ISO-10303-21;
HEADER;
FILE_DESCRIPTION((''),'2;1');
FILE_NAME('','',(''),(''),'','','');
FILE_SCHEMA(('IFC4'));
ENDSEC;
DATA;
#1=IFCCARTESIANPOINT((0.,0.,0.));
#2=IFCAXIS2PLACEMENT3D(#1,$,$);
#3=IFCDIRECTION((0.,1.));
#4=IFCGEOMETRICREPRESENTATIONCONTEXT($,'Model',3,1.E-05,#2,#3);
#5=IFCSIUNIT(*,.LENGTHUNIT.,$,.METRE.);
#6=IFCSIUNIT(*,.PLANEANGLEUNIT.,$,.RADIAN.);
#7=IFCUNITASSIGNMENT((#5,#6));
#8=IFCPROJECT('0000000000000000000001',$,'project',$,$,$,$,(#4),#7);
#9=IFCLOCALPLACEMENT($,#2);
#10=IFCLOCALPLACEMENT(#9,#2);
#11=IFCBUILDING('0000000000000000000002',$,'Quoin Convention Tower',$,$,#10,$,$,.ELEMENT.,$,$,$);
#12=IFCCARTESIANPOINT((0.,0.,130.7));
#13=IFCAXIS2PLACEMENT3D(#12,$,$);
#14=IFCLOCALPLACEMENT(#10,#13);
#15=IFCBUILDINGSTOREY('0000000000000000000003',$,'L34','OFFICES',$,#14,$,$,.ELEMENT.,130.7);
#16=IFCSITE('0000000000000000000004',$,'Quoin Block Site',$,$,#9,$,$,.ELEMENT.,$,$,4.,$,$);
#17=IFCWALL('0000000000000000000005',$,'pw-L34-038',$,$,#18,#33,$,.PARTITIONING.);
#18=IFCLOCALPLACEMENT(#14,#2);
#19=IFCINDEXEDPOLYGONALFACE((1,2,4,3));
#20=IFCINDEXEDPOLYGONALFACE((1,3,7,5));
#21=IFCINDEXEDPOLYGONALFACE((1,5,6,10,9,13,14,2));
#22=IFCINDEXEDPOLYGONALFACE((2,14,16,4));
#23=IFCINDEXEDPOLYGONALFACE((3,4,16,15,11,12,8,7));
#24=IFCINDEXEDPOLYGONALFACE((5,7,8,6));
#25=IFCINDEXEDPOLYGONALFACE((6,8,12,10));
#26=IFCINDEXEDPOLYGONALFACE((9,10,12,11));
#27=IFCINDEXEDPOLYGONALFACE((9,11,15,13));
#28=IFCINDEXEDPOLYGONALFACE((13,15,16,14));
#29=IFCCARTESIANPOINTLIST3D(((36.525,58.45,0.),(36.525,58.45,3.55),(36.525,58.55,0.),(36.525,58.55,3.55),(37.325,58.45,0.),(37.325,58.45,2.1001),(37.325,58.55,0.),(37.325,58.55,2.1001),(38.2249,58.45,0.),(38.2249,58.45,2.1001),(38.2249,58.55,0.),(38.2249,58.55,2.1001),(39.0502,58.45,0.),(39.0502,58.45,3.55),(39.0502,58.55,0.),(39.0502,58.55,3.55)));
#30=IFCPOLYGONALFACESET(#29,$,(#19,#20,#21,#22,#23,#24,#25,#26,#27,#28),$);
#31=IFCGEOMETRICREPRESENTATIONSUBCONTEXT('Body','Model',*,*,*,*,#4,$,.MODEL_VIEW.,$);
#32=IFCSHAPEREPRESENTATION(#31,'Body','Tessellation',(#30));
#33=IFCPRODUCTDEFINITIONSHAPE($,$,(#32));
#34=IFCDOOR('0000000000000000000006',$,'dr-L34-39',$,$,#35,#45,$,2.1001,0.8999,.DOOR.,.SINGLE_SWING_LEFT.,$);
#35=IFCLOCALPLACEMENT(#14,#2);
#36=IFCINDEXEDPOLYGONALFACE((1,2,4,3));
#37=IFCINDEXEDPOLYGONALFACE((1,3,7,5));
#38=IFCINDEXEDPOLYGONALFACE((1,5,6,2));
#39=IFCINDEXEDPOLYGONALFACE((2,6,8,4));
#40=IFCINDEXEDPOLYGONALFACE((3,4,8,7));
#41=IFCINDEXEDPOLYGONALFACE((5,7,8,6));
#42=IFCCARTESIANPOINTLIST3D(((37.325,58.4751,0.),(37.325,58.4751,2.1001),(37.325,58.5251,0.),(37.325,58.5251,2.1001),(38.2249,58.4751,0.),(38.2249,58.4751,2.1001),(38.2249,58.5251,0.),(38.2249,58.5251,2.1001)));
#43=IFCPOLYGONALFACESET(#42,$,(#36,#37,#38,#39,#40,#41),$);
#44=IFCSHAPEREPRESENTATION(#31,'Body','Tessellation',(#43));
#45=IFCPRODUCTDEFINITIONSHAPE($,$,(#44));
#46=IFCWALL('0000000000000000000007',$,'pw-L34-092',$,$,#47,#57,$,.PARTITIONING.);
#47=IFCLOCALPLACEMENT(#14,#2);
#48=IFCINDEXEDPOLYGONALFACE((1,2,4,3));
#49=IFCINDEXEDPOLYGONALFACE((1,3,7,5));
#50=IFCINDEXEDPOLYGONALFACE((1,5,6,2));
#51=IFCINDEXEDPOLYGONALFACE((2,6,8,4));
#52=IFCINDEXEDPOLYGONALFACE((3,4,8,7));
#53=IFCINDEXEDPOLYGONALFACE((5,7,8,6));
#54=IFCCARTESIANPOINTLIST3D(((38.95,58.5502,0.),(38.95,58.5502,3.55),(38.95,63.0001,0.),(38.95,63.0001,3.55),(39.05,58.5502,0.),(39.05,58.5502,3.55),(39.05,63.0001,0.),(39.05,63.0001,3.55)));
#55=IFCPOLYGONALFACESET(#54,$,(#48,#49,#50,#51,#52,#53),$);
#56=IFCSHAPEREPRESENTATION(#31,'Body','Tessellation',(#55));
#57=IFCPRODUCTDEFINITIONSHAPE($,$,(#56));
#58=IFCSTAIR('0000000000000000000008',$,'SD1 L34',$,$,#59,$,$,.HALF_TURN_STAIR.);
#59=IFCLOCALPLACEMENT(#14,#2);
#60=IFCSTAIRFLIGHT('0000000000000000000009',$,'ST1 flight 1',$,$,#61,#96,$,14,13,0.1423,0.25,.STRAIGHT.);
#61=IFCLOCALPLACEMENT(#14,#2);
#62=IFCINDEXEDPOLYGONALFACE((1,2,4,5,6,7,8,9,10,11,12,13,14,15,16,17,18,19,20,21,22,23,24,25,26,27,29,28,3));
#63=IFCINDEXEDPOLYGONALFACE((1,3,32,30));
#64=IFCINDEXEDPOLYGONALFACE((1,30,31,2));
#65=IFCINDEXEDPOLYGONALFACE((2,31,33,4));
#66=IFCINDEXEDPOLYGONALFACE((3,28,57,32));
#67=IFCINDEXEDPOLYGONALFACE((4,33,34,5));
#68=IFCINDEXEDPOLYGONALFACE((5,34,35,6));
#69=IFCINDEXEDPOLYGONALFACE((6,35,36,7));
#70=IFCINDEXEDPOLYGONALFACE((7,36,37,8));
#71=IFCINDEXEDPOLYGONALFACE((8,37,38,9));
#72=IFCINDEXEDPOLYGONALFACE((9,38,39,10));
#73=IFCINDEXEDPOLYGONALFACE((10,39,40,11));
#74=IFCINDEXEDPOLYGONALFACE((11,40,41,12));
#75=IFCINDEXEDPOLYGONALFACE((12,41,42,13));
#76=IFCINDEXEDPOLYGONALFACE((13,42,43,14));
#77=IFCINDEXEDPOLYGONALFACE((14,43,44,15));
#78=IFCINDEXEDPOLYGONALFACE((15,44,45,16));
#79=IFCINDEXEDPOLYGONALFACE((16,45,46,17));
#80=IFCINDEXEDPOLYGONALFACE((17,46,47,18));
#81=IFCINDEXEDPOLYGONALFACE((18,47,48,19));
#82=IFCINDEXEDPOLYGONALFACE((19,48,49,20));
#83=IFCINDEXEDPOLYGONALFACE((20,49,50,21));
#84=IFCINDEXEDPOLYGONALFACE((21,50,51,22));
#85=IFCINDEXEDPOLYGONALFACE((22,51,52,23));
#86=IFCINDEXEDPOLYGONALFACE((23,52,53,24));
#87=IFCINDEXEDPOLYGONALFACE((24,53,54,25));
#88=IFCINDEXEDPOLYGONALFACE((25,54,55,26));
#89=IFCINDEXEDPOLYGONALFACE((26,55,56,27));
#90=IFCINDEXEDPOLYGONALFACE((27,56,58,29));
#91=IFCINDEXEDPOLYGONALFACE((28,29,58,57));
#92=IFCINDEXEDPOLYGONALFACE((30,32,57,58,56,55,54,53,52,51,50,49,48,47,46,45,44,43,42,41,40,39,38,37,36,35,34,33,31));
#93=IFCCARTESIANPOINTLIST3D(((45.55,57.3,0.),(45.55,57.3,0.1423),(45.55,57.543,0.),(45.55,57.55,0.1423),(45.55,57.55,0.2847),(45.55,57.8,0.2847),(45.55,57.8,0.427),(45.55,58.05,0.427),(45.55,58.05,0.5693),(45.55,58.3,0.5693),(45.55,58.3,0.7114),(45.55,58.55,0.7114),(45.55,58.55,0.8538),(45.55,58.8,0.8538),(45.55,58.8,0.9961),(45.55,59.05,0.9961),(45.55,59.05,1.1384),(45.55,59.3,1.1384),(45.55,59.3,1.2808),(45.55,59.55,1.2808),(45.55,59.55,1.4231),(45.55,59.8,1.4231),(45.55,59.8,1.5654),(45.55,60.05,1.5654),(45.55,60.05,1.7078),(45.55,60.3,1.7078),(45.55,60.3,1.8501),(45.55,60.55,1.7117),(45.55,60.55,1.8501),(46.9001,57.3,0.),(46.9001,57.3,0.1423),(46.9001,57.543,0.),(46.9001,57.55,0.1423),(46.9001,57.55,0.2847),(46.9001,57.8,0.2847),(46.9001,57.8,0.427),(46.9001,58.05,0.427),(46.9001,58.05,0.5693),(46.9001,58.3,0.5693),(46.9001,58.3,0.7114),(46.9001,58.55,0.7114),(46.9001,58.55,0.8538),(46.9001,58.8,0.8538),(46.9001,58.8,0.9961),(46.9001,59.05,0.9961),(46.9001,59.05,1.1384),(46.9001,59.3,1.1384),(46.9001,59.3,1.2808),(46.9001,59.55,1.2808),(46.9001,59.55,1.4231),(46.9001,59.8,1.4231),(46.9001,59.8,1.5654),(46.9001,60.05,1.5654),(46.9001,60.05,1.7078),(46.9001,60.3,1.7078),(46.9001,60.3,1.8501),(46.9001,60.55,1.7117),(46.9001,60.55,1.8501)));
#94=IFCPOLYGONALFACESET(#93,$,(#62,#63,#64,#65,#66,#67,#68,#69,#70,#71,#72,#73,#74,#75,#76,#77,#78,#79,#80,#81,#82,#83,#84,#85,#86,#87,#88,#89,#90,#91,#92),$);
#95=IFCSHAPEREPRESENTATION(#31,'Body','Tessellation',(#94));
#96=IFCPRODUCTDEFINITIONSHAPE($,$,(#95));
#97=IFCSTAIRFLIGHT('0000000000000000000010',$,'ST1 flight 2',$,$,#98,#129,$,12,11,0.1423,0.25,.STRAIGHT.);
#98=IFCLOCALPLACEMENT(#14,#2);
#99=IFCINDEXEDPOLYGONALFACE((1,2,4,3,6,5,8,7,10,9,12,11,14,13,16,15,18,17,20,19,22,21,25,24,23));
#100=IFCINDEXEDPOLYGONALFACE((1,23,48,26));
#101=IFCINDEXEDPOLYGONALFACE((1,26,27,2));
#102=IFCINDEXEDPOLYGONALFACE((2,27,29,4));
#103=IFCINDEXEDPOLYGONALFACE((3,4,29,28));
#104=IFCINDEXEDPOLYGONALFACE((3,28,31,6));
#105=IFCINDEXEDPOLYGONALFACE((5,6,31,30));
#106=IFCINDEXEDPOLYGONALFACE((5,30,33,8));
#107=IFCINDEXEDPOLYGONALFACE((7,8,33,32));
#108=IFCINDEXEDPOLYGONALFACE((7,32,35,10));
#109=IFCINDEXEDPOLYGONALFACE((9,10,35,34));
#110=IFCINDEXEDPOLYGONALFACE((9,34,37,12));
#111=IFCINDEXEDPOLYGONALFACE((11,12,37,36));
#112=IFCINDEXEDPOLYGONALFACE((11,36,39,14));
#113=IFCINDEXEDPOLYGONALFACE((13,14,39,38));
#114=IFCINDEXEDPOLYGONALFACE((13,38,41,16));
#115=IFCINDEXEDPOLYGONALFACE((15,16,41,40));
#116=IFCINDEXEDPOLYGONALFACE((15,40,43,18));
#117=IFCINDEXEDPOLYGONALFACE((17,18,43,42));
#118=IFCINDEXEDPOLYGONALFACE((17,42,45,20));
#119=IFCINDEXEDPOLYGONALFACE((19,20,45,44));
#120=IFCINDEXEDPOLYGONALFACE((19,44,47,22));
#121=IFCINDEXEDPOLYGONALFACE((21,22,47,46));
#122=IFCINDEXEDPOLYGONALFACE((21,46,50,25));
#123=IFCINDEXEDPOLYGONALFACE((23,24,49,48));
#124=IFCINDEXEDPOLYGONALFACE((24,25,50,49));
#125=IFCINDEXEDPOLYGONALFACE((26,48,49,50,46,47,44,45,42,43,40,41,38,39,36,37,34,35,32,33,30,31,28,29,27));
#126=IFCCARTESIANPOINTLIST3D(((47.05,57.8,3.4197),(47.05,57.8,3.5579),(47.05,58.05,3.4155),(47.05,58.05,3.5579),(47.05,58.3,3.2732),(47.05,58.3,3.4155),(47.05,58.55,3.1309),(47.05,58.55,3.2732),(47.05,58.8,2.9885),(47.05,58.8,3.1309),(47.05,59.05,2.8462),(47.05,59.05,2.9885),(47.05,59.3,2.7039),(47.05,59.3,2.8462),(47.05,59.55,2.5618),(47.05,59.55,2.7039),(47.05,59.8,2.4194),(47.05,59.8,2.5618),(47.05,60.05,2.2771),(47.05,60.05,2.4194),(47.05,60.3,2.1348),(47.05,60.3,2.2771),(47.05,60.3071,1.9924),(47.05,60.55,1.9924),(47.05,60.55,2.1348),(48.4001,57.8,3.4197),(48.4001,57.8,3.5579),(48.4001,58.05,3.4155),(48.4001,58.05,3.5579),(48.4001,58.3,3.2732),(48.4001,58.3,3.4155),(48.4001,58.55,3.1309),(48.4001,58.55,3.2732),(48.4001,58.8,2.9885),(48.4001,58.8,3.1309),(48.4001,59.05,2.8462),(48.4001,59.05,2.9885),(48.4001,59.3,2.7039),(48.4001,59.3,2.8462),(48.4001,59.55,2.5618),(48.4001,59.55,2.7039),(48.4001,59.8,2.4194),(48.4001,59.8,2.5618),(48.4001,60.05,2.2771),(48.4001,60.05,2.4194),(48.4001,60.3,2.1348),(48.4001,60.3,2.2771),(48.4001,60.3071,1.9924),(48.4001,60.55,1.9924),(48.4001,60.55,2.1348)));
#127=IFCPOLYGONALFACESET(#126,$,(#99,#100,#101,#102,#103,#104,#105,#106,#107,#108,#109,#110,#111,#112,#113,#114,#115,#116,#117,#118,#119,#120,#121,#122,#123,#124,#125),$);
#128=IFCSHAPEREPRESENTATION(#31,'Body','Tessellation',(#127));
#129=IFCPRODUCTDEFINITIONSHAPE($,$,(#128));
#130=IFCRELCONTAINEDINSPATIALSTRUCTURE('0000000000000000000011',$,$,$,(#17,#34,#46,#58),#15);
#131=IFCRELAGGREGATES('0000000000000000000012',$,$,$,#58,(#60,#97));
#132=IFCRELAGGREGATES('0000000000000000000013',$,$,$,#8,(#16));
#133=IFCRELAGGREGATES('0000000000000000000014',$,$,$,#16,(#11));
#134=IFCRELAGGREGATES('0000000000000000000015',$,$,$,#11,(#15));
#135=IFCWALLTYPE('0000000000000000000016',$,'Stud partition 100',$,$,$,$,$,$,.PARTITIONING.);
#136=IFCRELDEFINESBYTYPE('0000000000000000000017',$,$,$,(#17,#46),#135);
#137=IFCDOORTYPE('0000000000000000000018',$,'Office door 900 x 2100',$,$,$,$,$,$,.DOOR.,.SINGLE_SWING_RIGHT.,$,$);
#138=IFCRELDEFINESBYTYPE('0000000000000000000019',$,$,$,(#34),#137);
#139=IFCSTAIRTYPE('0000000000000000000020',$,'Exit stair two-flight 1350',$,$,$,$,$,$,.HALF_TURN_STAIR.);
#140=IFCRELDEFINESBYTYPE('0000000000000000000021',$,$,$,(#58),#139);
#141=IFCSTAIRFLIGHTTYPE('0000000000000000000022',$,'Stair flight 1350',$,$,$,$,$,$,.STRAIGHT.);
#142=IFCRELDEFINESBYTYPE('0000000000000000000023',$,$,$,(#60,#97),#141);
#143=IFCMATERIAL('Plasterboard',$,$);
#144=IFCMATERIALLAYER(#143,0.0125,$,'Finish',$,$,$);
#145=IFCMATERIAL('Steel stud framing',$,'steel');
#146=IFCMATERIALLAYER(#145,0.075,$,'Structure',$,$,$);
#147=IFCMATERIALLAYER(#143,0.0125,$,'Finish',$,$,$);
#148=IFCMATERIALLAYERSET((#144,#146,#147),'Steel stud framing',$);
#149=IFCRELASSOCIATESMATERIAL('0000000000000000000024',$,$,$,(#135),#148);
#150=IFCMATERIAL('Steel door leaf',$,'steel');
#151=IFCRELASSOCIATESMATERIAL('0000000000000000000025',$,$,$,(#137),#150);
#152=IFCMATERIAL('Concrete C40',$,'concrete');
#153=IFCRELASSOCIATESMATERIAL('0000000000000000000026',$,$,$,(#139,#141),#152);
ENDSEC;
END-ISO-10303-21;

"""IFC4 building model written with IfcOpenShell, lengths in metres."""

from ifc_helpers import new_model, si_unit, direction, frame, frame_2d, origin, place, context, subcontext, project, spatial, polyline, rectangle, outline, extrude, material, layer, layer_set, type_object, element, fill, aggregate, save


model = new_model("IFC4")

# Units and contexts
model_context = context("Model", 3, precision=1e-05, world=origin(), true_north=direction((0.0, 1.0)))
body_context = subcontext(model_context, "Body", "Model", "MODEL_VIEW")
ifc_project = project(units=[si_unit("LENGTHUNIT", "METRE"), si_unit("PLANEANGLEUNIT", "RADIAN")], contexts=[model_context])

# Site, building, storey
site_placement = place(None, origin())
site = spatial("IfcSite", under=ifc_project, at=site_placement, Name="Quoin Block Site", CompositionType="ELEMENT", RefElevation=4.0)
building_placement = place(site_placement, origin())
building = spatial("IfcBuilding", under=site, at=building_placement, Name="Quoin Convention Tower", CompositionType="ELEMENT")
storey_placement = place(building_placement, frame((0.0, 0.0, 130.7)))
storey = spatial("IfcBuildingStorey", under=building, at=storey_placement, Name="L34", Description="OFFICES", CompositionType="ELEMENT", Elevation=130.7)

# Shared definitions
ifc_material_1 = material(Name="Plasterboard")
ifc_material_2 = material(Name="Steel stud framing", Category="steel")

# Shared definitions
ifc_material_3 = material(Name="Steel door leaf", Category="steel")

# Wall, opening, door
ifc_layer_1 = layer(ifc_material_1, 0.0125, Name="Finish")
ifc_layer_2 = layer(ifc_material_2, 0.075, Name="Structure")
ifc_layer_3 = layer(ifc_material_1, 0.0125, Name="Finish")
ifc_layer_set_1 = layer_set([ifc_layer_1, ifc_layer_2, ifc_layer_3], Name="Steel stud framing")
wall_type_1 = type_object("IfcWallType", Name="Stud partition 100", PredefinedType="PARTITIONING", material=ifc_layer_set_1)
wall_1_placement = place(storey_placement, frame((36.5249, 58.5, 0.0), z_axis=(0.0, 0.0, 1.0), x_axis=(1.0, 0.0, 0.0)))
wall_1 = element("IfcWall", 1, at=wall_1_placement, inside=storey, type_object=wall_type_1, Name="pw-L34-038", PredefinedType="PARTITIONING", context=body_context, shape_type="SweptSolid", body=[
    extrude(rectangle(XDim=2.5251, YDim=0.1001, at=frame_2d((1.2627, 0.0))), origin(), (0.0, 0.0, 1.0), 3.55),
])
opening_1_placement = place(wall_1_placement, frame((0.8, 0.0, 0.0)))
opening_1 = element("IfcOpeningElement", 2, at=opening_1_placement, cuts=wall_1, PredefinedType="OPENING", context=body_context, shape_type="SweptSolid", body=[
    extrude(rectangle(XDim=0.8999, YDim=2.1001, at=frame_2d((0.45, 1.05))), frame((0.0, 0.0601, 0.0), z_axis=(0.0, -1.0, 0.0), x_axis=(1.0, 0.0, 0.0)), (0.0, 0.0, 1.0), 0.1201),
])
door_type_1 = type_object("IfcDoorType", Name="Office door 900 x 2100", OperationType="SINGLE_SWING_RIGHT", PredefinedType="DOOR", material=ifc_material_3)
door_1_placement = place(opening_1_placement, frame((0.8999, 0.0, 0.0), z_axis=(0.0, 0.0, 1.0), x_axis=(-1.0, 0.0, 0.0)))
door_1 = element("IfcDoor", 3, at=door_1_placement, inside=storey, type_object=door_type_1, Name="dr-L34-39", OperationType="SINGLE_SWING_LEFT", OverallHeight=2.1001, OverallWidth=0.8999, PredefinedType="DOOR", context=body_context, shape_type="SweptSolid", body=[
    extrude(rectangle(XDim=0.8999, YDim=2.1001, at=frame_2d((0.45, 1.05))), frame((0.0, 0.0249, 0.0), z_axis=(0.0, -1.0, 0.0), x_axis=(1.0, 0.0, 0.0)), (0.0, 0.0, 1.0), 0.05),
])
fill(opening_1, door_1)

# Wall
wall_2_placement = place(storey_placement, frame((39.0, 58.55, 0.0), z_axis=(0.0, 0.0, 1.0), x_axis=(0.0, 1.0, 0.0)))
element("IfcWall", 4, at=wall_2_placement, inside=storey, type_object=wall_type_1, Name="pw-L34-092", PredefinedType="PARTITIONING", context=body_context, shape_type="SweptSolid", body=[
    extrude(rectangle(XDim=4.45, YDim=0.1001, at=frame_2d((2.2251, 0.0))), origin(), (0.0, 0.0, 1.0), 3.55),
])

# Stair, stair flights
ifc_material_4 = material(Name="Concrete C40", Category="concrete")
stair_type = type_object("IfcStairType", Name="Exit stair two-flight 1350", PredefinedType="HALF_TURN_STAIR", material=ifc_material_4)
stair_placement = place(storey_placement, origin())
stair = element("IfcStair", 5, at=stair_placement, inside=storey, type_object=stair_type, Name="SD1 L34", PredefinedType="HALF_TURN_STAIR")
stair_flight_type = type_object("IfcStairFlightType", Name="Stair flight 1350", PredefinedType="STRAIGHT", material=ifc_material_4)
stair_flight_1_placement = place(storey_placement, frame((46.2251, 57.3, 0.0), z_axis=(0.0, 0.0, 1.0), x_axis=(0.0, 1.0, 0.0)))
stair_flight_1 = element("IfcStairFlight", 6, at=stair_flight_1_placement, type_object=stair_flight_type, Name="ST1 flight 1", NumberOfRisers=14, NumberOfTreads=13, PredefinedType="STRAIGHT", RiserHeight=0.1423, TreadLength=0.25, context=body_context, shape_type="SweptSolid", body=[
    extrude(outline(polyline([(0.0, 0.0), (0.0, 0.1423), (0.25, 0.1423), (0.25, 0.2847), (0.5, 0.2847), (0.5, 0.427), (0.75, 0.427), (0.75, 0.5693), (1.0, 0.5693), (1.0, 0.7114), (1.25, 0.7114), (1.25, 0.8538), (1.5, 0.8538), (1.5, 0.9961), (1.75, 0.9961), (1.75, 1.1384), (2.0, 1.1384), (2.0, 1.2808), (2.25, 1.2808), (2.25, 1.4231), (2.5, 1.4231), (2.5, 1.5654), (2.75, 1.5654), (2.75, 1.7078), (3.0, 1.7078), (3.0, 1.8501), (3.25, 1.8501), (3.25, 1.9922), (3.25, 1.7117), (0.2429, 0.0), (0.0, 0.0)])), frame((0.0, 0.675, 0.0), z_axis=(0.0, -1.0, 0.0), x_axis=(1.0, 0.0, 0.0)), (0.0, 0.0, 1.0), 1.3501),
])
stair_flight_2_placement = place(storey_placement, frame((47.7251, 60.55, 1.9924), z_axis=(0.0, 0.0, 1.0), x_axis=(0.0, -1.0, 0.0)))
stair_flight_2 = element("IfcStairFlight", 7, at=stair_flight_2_placement, type_object=stair_flight_type, Name="ST1 flight 2", NumberOfRisers=12, NumberOfTreads=11, PredefinedType="STRAIGHT", RiserHeight=0.1423, TreadLength=0.25, context=body_context, shape_type="SweptSolid", body=[
    extrude(outline(polyline([(0.0, 0.0), (0.0, 0.1423), (0.25, 0.1423), (0.25, 0.2847), (0.5, 0.2847), (0.5, 0.427), (0.75, 0.427), (0.75, 0.5693), (1.0, 0.5693), (1.0, 0.7114), (1.25, 0.7114), (1.25, 0.8538), (1.5, 0.8538), (1.5, 0.9961), (1.75, 0.9961), (1.75, 1.1384), (2.0, 1.1384), (2.0, 1.2808), (2.25, 1.2808), (2.25, 1.4231), (2.5, 1.4231), (2.5, 1.5654), (2.75, 1.5654), (2.75, 1.7078), (2.75, 1.4272), (0.2429, 0.0), (0.0, 0.0)])), frame((0.0, 0.675, 0.0), z_axis=(0.0, -1.0, 0.0), x_axis=(1.0, 0.0, 0.0)), (0.0, 0.0, 1.0), 1.3501),
])
aggregate(stair, [stair_flight_1, stair_flight_2])

save(model, "model.ifc")
